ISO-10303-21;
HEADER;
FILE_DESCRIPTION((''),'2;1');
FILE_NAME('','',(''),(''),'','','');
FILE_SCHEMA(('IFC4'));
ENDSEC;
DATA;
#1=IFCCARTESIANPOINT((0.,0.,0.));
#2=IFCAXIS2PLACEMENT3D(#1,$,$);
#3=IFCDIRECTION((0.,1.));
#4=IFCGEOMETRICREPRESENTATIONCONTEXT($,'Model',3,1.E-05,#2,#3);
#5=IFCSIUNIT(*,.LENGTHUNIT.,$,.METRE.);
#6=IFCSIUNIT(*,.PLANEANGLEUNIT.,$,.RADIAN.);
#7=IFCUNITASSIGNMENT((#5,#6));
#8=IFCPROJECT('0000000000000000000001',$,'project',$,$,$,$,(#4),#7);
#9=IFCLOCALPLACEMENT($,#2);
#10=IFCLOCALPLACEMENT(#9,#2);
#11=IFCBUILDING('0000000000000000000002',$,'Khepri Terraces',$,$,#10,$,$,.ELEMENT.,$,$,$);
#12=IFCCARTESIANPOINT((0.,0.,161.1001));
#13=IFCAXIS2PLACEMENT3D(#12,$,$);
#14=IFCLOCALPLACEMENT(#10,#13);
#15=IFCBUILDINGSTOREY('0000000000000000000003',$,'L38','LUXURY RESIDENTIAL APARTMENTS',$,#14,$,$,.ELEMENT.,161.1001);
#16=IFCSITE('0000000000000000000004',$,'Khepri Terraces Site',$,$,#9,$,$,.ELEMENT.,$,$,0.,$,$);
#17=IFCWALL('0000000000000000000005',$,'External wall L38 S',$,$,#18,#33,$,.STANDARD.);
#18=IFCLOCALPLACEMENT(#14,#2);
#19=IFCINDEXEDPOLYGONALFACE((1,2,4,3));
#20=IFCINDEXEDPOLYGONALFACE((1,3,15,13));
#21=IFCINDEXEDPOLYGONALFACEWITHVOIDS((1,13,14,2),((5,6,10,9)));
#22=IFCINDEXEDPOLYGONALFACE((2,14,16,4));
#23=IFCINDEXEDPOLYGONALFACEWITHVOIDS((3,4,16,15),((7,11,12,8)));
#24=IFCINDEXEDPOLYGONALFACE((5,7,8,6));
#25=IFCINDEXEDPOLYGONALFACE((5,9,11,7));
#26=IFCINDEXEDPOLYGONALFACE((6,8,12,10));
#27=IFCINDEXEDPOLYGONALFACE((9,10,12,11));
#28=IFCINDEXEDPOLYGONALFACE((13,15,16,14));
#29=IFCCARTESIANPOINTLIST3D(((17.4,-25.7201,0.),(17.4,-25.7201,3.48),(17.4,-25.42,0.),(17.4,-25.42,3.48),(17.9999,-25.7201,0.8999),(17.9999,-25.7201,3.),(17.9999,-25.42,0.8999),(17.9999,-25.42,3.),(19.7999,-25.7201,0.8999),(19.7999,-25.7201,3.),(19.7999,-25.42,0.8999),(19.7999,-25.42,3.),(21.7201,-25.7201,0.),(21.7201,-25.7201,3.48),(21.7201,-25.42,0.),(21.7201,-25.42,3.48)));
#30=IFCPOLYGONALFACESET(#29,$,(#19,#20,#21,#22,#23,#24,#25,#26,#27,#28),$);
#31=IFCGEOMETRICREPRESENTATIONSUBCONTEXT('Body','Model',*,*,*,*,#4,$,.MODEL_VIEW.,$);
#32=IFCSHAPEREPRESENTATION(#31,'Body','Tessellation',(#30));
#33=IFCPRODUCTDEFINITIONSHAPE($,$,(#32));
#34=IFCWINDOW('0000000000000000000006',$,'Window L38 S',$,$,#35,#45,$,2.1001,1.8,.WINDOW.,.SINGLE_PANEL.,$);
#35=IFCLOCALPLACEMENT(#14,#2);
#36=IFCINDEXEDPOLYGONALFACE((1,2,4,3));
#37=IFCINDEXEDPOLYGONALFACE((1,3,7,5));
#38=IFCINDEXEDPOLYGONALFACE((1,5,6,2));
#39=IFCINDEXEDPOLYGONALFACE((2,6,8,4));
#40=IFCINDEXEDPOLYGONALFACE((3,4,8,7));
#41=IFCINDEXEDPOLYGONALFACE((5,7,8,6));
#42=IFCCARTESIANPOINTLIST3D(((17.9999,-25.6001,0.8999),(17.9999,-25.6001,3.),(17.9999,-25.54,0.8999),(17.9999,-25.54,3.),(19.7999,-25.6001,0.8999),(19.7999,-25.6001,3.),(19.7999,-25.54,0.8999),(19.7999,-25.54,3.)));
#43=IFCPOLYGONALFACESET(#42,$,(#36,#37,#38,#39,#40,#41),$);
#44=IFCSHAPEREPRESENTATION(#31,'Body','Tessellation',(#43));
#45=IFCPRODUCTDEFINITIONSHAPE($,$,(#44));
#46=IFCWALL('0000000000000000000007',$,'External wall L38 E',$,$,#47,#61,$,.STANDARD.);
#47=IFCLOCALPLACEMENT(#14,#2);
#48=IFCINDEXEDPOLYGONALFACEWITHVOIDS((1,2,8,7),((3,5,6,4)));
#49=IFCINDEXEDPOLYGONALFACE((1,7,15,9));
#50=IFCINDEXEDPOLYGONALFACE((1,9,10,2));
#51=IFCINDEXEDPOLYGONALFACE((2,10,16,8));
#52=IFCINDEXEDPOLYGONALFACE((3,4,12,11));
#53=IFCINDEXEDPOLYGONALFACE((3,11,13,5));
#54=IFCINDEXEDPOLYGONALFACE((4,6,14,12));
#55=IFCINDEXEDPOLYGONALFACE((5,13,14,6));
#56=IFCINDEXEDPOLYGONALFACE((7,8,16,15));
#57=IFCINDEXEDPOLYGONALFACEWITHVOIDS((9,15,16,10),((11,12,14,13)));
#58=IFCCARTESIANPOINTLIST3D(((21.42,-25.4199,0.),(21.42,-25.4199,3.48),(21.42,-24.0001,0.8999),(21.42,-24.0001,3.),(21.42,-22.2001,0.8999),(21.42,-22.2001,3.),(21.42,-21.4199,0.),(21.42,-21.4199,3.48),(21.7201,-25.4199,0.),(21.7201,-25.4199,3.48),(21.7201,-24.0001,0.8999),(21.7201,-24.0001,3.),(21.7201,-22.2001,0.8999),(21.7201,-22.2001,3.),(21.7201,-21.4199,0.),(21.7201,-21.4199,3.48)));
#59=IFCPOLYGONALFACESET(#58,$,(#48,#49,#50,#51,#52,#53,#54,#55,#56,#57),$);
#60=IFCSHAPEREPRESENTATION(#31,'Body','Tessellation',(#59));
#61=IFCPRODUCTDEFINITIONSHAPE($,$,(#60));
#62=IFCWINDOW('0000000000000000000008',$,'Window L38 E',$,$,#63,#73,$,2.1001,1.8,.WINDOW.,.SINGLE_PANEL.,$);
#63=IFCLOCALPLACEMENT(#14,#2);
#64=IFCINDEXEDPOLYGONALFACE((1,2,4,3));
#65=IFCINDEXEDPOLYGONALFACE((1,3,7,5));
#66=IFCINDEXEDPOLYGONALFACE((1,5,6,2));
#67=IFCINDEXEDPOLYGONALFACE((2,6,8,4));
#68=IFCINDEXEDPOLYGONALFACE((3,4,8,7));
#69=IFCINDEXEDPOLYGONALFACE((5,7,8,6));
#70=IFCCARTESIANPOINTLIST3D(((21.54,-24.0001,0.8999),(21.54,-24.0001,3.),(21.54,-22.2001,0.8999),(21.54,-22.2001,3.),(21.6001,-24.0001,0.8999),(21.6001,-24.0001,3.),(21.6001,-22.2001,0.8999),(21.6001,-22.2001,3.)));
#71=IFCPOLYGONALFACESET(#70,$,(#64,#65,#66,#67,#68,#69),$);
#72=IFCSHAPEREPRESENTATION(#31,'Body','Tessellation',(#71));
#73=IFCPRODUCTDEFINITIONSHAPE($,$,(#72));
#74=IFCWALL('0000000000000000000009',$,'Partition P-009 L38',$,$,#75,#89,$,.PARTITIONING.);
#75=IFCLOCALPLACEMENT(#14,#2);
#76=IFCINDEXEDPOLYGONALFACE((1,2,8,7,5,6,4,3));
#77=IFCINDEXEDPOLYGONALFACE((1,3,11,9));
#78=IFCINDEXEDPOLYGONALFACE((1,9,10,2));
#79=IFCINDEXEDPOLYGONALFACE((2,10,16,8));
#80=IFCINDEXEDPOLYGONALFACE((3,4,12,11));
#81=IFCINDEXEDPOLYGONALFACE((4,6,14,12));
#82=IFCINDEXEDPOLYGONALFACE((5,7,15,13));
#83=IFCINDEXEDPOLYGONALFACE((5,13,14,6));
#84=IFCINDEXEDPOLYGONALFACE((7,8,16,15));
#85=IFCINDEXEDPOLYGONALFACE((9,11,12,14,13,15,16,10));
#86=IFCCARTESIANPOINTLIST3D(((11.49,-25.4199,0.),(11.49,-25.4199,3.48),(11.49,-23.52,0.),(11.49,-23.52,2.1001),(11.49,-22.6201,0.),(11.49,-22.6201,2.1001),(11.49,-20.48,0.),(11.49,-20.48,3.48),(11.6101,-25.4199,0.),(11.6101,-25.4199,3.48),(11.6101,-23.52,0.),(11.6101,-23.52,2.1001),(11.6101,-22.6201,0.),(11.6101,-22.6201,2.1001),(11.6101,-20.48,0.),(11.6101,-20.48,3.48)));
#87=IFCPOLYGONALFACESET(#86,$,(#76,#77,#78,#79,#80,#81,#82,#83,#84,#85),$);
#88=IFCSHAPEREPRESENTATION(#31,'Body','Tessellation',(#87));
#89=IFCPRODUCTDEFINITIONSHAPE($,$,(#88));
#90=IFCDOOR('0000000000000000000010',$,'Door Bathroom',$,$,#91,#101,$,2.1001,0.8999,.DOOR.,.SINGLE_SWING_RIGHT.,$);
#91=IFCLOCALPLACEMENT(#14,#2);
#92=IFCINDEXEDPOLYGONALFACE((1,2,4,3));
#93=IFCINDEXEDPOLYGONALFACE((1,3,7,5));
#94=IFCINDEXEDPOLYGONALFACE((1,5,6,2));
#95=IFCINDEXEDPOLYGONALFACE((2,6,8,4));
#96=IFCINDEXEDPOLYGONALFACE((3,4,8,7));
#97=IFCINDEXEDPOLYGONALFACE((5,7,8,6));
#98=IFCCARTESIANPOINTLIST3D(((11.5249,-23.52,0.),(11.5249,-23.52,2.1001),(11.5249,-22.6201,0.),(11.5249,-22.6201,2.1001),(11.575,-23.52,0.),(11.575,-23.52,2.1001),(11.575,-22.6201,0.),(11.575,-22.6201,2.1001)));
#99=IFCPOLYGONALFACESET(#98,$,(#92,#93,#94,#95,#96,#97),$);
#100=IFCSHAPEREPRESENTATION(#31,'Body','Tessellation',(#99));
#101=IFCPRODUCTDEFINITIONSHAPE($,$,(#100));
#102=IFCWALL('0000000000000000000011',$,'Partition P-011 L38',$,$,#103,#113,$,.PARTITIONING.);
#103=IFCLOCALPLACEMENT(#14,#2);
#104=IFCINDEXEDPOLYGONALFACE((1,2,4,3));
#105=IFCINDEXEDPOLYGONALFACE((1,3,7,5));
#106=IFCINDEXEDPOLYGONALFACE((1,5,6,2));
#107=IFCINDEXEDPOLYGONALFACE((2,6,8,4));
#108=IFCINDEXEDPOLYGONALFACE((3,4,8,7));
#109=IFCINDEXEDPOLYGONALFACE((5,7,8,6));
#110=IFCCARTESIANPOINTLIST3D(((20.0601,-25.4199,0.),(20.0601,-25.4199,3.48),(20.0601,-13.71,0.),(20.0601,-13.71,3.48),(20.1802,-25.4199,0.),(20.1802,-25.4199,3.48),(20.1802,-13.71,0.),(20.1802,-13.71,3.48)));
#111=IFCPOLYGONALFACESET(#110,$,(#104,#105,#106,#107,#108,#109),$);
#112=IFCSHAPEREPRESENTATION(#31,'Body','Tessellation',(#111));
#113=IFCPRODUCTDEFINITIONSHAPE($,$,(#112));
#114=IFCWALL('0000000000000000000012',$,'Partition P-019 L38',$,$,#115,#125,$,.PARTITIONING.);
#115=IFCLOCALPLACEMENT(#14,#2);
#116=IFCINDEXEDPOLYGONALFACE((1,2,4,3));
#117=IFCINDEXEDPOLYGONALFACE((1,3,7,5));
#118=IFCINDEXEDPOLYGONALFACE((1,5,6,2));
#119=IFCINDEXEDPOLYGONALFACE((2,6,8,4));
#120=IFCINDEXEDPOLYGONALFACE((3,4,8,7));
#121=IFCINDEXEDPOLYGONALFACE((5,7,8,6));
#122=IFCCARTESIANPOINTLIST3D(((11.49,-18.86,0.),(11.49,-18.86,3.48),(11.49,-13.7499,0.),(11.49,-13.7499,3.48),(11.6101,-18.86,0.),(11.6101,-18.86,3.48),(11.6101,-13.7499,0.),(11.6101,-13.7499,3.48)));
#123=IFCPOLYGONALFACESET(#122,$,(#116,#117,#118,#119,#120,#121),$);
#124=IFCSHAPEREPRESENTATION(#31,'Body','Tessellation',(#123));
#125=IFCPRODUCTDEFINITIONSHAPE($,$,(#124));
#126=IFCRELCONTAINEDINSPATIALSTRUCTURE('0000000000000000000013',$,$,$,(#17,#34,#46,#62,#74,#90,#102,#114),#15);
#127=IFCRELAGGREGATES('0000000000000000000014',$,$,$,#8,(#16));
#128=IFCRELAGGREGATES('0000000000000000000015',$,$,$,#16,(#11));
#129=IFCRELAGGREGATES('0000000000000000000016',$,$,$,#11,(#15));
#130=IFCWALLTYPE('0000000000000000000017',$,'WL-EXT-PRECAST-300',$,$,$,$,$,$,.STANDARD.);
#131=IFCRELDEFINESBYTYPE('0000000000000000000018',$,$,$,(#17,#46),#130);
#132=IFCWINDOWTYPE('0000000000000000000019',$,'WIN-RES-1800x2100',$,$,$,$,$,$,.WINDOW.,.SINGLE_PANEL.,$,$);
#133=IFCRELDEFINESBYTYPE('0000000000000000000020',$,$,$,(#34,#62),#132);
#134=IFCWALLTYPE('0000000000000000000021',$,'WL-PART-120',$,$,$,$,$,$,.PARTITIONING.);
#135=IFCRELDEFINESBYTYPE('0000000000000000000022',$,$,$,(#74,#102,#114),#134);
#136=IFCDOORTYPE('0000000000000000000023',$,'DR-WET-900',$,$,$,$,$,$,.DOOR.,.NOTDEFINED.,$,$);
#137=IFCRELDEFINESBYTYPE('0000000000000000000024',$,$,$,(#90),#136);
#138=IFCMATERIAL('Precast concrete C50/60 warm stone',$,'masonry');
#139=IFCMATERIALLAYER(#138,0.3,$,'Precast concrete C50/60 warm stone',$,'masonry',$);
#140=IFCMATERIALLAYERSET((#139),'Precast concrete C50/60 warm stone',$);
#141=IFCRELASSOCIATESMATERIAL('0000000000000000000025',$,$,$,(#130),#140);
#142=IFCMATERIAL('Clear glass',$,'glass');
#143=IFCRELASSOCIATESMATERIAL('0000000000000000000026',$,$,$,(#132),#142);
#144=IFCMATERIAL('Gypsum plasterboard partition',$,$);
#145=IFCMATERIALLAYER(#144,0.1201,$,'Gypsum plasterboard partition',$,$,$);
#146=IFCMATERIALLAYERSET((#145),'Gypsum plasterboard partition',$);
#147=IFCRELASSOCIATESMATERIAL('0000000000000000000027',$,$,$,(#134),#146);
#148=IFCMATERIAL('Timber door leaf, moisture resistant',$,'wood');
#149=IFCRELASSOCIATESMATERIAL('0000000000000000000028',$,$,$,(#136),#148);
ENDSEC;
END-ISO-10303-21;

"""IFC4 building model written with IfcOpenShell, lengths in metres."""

from ifc_helpers import new_model, si_unit, direction, frame, frame_2d, origin, place, context, subcontext, project, spatial, rectangle, extrude, material, layer, layer_set, type_object, element, fill, save


model = new_model("IFC4")

# Units and contexts
model_context = context("Model", 3, precision=1e-05, world=origin(), true_north=direction((0.0, 1.0)))
body_context = subcontext(model_context, "Body", "Model", "MODEL_VIEW")
ifc_project = project(units=[si_unit("LENGTHUNIT", "METRE"), si_unit("PLANEANGLEUNIT", "RADIAN")], contexts=[model_context])

# Site, building, storey
site_placement = place(None, origin())
site = spatial("IfcSite", under=ifc_project, at=site_placement, Name="Khepri Terraces Site", CompositionType="ELEMENT", RefElevation=0.0)
building_placement = place(site_placement, origin())
building = spatial("IfcBuilding", under=site, at=building_placement, Name="Khepri Terraces", CompositionType="ELEMENT")
storey_placement = place(building_placement, frame((0.0, 0.0, 161.1001)))
storey = spatial("IfcBuildingStorey", under=building, at=storey_placement, Name="L38", Description="LUXURY RESIDENTIAL APARTMENTS", CompositionType="ELEMENT", Elevation=161.1001)

# Shared definitions
ifc_material_1 = material(Name="Precast concrete C50/60 warm stone", Category="masonry")
ifc_layer_1 = layer(ifc_material_1, 0.3, Name="Precast concrete C50/60 warm stone", Category="masonry")
ifc_layer_set_1 = layer_set([ifc_layer_1], Name="Precast concrete C50/60 warm stone")
wall_type_1 = type_object("IfcWallType", Name="WL-EXT-PRECAST-300", PredefinedType="STANDARD", material=ifc_layer_set_1)
ifc_material_2 = material(Name="Clear glass", Category="glass")
window_type = type_object("IfcWindowType", Name="WIN-RES-1800x2100", PartitioningType="SINGLE_PANEL", PredefinedType="WINDOW", material=ifc_material_2)

# Walls, openings, windows
wall_1_placement = place(storey_placement, frame((17.3999, -25.5701, 0.0), z_axis=(0.0, 0.0, 1.0), x_axis=(1.0, 0.0, 0.0)))
wall_1 = element("IfcWall", 1, at=wall_1_placement, inside=storey, type_object=wall_type_1, Name="External wall L38 S", PredefinedType="STANDARD", context=body_context, shape_type="SweptSolid", body=[
    extrude(rectangle(XDim=4.3201, YDim=0.3, at=frame_2d((2.1602, 0.0))), origin(), (0.0, 0.0, 1.0), 3.48),
])
opening_1_placement = place(wall_1_placement, frame((0.6001, 0.0, 0.8999)))
opening_1 = element("IfcOpeningElement", 2, at=opening_1_placement, cuts=wall_1, PredefinedType="OPENING", context=body_context, shape_type="SweptSolid", body=[
    extrude(rectangle(XDim=1.8, YDim=2.1001, at=frame_2d((0.8999, 1.05))), frame((0.0, 0.1602, 0.0), z_axis=(0.0, -1.0, 0.0), x_axis=(1.0, 0.0, 0.0)), (0.0, 0.0, 1.0), 0.3201),
])
window_1_placement = place(opening_1_placement, origin())
window_1 = element("IfcWindow", 3, at=window_1_placement, inside=storey, type_object=window_type, Name="Window L38 S", OverallHeight=2.1001, OverallWidth=1.8, PartitioningType="SINGLE_PANEL", PredefinedType="WINDOW", context=body_context, shape_type="SweptSolid", body=[
    extrude(rectangle(XDim=1.8, YDim=2.1001, at=frame_2d((0.8999, 1.05))), frame((0.0, 0.03, 0.0), z_axis=(0.0, -1.0, 0.0), x_axis=(1.0, 0.0, 0.0)), (0.0, 0.0, 1.0), 0.0601),
])
fill(opening_1, window_1)
wall_2_placement = place(storey_placement, frame((21.5701, -25.4199, 0.0), z_axis=(0.0, 0.0, 1.0), x_axis=(0.0, 1.0, 0.0)))
wall_2 = element("IfcWall", 4, at=wall_2_placement, inside=storey, type_object=wall_type_1, Name="External wall L38 E", PredefinedType="STANDARD", context=body_context, shape_type="SweptSolid", body=[
    extrude(rectangle(XDim=4.0, YDim=0.3, at=frame_2d((2.0, 0.0))), origin(), (0.0, 0.0, 1.0), 3.48),
])
opening_2_placement = place(wall_2_placement, frame((1.4199, 0.0, 0.8999)))
opening_2 = element("IfcOpeningElement", 5, at=opening_2_placement, cuts=wall_2, PredefinedType="OPENING", context=body_context, shape_type="SweptSolid", body=[
    extrude(rectangle(XDim=1.8, YDim=2.1001, at=frame_2d((0.8999, 1.05))), frame((0.0, 0.1602, 0.0), z_axis=(0.0, -1.0, 0.0), x_axis=(1.0, 0.0, 0.0)), (0.0, 0.0, 1.0), 0.3201),
])
window_2_placement = place(opening_2_placement, origin())
window_2 = element("IfcWindow", 6, at=window_2_placement, inside=storey, type_object=window_type, Name="Window L38 E", OverallHeight=2.1001, OverallWidth=1.8, PartitioningType="SINGLE_PANEL", PredefinedType="WINDOW", context=body_context, shape_type="SweptSolid", body=[
    extrude(rectangle(XDim=1.8, YDim=2.1001, at=frame_2d((0.8999, 1.05))), frame((0.0, 0.03, 0.0), z_axis=(0.0, -1.0, 0.0), x_axis=(1.0, 0.0, 0.0)), (0.0, 0.0, 1.0), 0.0601),
])
fill(opening_2, window_2)

# Wall, opening, door
ifc_material_3 = material(Name="Gypsum plasterboard partition")
ifc_layer_2 = layer(ifc_material_3, 0.1201, Name="Gypsum plasterboard partition")
ifc_layer_set_2 = layer_set([ifc_layer_2], Name="Gypsum plasterboard partition")
wall_type_2 = type_object("IfcWallType", Name="WL-PART-120", PredefinedType="PARTITIONING", material=ifc_layer_set_2)
wall_3_placement = place(storey_placement, frame((11.55, -25.4199, 0.0), z_axis=(0.0, 0.0, 1.0), x_axis=(0.0, 1.0, 0.0)))
wall_3 = element("IfcWall", 7, at=wall_3_placement, inside=storey, type_object=wall_type_2, Name="Partition P-009 L38", PredefinedType="PARTITIONING", context=body_context, shape_type="SweptSolid", body=[
    extrude(rectangle(XDim=4.9399, YDim=0.1201, at=frame_2d((2.47, 0.0))), origin(), (0.0, 0.0, 1.0), 3.48),
])
opening_3_placement = place(wall_3_placement, frame((1.8999, 0.0, 0.0)))
opening_3 = element("IfcOpeningElement", 8, at=opening_3_placement, cuts=wall_3, PredefinedType="OPENING", context=body_context, shape_type="SweptSolid", body=[
    extrude(rectangle(XDim=0.8999, YDim=2.1001, at=frame_2d((0.45, 1.05))), frame((0.0, 0.0701, 0.0), z_axis=(0.0, -1.0, 0.0), x_axis=(1.0, 0.0, 0.0)), (0.0, 0.0, 1.0), 0.1401),
])
ifc_material_4 = material(Name="Timber door leaf, moisture resistant", Category="wood")
door_type_1 = type_object("IfcDoorType", Name="DR-WET-900", OperationType="NOTDEFINED", PredefinedType="DOOR", material=ifc_material_4)
door_1_placement = place(opening_3_placement, frame((0.8999, 0.0, 0.0), z_axis=(0.0, 0.0, 1.0), x_axis=(-1.0, 0.0, 0.0)))
door_1 = element("IfcDoor", 9, at=door_1_placement, inside=storey, type_object=door_type_1, Name="Door Bathroom", OperationType="SINGLE_SWING_RIGHT", OverallHeight=2.1001, OverallWidth=0.8999, PredefinedType="DOOR", context=body_context, shape_type="SweptSolid", body=[
    extrude(rectangle(XDim=0.8999, YDim=2.1001, at=frame_2d((0.45, 1.05))), frame((0.0, 0.0249, 0.0), z_axis=(0.0, -1.0, 0.0), x_axis=(1.0, 0.0, 0.0)), (0.0, 0.0, 1.0), 0.05),
])
fill(opening_3, door_1)

# Walls
wall_4_placement = place(storey_placement, frame((20.1201, -25.4199, 0.0), z_axis=(0.0, 0.0, 1.0), x_axis=(0.0, 1.0, 0.0)))
element("IfcWall", 10, at=wall_4_placement, inside=storey, type_object=wall_type_2, Name="Partition P-011 L38", PredefinedType="PARTITIONING", context=body_context, shape_type="SweptSolid", body=[
    extrude(rectangle(XDim=11.71, YDim=0.1201, at=frame_2d((5.855, 0.0))), origin(), (0.0, 0.0, 1.0), 3.48),
])
wall_5_placement = place(storey_placement, frame((11.55, -18.8601, 0.0), z_axis=(0.0, 0.0, 1.0), x_axis=(0.0, 1.0, 0.0)))
element("IfcWall", 11, at=wall_5_placement, inside=storey, type_object=wall_type_2, Name="Partition P-019 L38", PredefinedType="PARTITIONING", context=body_context, shape_type="SweptSolid", body=[
    extrude(rectangle(XDim=5.1101, YDim=0.1201, at=frame_2d((2.5552, 0.0))), origin(), (0.0, 0.0, 1.0), 3.48),
])

save(model, "model.ifc")
